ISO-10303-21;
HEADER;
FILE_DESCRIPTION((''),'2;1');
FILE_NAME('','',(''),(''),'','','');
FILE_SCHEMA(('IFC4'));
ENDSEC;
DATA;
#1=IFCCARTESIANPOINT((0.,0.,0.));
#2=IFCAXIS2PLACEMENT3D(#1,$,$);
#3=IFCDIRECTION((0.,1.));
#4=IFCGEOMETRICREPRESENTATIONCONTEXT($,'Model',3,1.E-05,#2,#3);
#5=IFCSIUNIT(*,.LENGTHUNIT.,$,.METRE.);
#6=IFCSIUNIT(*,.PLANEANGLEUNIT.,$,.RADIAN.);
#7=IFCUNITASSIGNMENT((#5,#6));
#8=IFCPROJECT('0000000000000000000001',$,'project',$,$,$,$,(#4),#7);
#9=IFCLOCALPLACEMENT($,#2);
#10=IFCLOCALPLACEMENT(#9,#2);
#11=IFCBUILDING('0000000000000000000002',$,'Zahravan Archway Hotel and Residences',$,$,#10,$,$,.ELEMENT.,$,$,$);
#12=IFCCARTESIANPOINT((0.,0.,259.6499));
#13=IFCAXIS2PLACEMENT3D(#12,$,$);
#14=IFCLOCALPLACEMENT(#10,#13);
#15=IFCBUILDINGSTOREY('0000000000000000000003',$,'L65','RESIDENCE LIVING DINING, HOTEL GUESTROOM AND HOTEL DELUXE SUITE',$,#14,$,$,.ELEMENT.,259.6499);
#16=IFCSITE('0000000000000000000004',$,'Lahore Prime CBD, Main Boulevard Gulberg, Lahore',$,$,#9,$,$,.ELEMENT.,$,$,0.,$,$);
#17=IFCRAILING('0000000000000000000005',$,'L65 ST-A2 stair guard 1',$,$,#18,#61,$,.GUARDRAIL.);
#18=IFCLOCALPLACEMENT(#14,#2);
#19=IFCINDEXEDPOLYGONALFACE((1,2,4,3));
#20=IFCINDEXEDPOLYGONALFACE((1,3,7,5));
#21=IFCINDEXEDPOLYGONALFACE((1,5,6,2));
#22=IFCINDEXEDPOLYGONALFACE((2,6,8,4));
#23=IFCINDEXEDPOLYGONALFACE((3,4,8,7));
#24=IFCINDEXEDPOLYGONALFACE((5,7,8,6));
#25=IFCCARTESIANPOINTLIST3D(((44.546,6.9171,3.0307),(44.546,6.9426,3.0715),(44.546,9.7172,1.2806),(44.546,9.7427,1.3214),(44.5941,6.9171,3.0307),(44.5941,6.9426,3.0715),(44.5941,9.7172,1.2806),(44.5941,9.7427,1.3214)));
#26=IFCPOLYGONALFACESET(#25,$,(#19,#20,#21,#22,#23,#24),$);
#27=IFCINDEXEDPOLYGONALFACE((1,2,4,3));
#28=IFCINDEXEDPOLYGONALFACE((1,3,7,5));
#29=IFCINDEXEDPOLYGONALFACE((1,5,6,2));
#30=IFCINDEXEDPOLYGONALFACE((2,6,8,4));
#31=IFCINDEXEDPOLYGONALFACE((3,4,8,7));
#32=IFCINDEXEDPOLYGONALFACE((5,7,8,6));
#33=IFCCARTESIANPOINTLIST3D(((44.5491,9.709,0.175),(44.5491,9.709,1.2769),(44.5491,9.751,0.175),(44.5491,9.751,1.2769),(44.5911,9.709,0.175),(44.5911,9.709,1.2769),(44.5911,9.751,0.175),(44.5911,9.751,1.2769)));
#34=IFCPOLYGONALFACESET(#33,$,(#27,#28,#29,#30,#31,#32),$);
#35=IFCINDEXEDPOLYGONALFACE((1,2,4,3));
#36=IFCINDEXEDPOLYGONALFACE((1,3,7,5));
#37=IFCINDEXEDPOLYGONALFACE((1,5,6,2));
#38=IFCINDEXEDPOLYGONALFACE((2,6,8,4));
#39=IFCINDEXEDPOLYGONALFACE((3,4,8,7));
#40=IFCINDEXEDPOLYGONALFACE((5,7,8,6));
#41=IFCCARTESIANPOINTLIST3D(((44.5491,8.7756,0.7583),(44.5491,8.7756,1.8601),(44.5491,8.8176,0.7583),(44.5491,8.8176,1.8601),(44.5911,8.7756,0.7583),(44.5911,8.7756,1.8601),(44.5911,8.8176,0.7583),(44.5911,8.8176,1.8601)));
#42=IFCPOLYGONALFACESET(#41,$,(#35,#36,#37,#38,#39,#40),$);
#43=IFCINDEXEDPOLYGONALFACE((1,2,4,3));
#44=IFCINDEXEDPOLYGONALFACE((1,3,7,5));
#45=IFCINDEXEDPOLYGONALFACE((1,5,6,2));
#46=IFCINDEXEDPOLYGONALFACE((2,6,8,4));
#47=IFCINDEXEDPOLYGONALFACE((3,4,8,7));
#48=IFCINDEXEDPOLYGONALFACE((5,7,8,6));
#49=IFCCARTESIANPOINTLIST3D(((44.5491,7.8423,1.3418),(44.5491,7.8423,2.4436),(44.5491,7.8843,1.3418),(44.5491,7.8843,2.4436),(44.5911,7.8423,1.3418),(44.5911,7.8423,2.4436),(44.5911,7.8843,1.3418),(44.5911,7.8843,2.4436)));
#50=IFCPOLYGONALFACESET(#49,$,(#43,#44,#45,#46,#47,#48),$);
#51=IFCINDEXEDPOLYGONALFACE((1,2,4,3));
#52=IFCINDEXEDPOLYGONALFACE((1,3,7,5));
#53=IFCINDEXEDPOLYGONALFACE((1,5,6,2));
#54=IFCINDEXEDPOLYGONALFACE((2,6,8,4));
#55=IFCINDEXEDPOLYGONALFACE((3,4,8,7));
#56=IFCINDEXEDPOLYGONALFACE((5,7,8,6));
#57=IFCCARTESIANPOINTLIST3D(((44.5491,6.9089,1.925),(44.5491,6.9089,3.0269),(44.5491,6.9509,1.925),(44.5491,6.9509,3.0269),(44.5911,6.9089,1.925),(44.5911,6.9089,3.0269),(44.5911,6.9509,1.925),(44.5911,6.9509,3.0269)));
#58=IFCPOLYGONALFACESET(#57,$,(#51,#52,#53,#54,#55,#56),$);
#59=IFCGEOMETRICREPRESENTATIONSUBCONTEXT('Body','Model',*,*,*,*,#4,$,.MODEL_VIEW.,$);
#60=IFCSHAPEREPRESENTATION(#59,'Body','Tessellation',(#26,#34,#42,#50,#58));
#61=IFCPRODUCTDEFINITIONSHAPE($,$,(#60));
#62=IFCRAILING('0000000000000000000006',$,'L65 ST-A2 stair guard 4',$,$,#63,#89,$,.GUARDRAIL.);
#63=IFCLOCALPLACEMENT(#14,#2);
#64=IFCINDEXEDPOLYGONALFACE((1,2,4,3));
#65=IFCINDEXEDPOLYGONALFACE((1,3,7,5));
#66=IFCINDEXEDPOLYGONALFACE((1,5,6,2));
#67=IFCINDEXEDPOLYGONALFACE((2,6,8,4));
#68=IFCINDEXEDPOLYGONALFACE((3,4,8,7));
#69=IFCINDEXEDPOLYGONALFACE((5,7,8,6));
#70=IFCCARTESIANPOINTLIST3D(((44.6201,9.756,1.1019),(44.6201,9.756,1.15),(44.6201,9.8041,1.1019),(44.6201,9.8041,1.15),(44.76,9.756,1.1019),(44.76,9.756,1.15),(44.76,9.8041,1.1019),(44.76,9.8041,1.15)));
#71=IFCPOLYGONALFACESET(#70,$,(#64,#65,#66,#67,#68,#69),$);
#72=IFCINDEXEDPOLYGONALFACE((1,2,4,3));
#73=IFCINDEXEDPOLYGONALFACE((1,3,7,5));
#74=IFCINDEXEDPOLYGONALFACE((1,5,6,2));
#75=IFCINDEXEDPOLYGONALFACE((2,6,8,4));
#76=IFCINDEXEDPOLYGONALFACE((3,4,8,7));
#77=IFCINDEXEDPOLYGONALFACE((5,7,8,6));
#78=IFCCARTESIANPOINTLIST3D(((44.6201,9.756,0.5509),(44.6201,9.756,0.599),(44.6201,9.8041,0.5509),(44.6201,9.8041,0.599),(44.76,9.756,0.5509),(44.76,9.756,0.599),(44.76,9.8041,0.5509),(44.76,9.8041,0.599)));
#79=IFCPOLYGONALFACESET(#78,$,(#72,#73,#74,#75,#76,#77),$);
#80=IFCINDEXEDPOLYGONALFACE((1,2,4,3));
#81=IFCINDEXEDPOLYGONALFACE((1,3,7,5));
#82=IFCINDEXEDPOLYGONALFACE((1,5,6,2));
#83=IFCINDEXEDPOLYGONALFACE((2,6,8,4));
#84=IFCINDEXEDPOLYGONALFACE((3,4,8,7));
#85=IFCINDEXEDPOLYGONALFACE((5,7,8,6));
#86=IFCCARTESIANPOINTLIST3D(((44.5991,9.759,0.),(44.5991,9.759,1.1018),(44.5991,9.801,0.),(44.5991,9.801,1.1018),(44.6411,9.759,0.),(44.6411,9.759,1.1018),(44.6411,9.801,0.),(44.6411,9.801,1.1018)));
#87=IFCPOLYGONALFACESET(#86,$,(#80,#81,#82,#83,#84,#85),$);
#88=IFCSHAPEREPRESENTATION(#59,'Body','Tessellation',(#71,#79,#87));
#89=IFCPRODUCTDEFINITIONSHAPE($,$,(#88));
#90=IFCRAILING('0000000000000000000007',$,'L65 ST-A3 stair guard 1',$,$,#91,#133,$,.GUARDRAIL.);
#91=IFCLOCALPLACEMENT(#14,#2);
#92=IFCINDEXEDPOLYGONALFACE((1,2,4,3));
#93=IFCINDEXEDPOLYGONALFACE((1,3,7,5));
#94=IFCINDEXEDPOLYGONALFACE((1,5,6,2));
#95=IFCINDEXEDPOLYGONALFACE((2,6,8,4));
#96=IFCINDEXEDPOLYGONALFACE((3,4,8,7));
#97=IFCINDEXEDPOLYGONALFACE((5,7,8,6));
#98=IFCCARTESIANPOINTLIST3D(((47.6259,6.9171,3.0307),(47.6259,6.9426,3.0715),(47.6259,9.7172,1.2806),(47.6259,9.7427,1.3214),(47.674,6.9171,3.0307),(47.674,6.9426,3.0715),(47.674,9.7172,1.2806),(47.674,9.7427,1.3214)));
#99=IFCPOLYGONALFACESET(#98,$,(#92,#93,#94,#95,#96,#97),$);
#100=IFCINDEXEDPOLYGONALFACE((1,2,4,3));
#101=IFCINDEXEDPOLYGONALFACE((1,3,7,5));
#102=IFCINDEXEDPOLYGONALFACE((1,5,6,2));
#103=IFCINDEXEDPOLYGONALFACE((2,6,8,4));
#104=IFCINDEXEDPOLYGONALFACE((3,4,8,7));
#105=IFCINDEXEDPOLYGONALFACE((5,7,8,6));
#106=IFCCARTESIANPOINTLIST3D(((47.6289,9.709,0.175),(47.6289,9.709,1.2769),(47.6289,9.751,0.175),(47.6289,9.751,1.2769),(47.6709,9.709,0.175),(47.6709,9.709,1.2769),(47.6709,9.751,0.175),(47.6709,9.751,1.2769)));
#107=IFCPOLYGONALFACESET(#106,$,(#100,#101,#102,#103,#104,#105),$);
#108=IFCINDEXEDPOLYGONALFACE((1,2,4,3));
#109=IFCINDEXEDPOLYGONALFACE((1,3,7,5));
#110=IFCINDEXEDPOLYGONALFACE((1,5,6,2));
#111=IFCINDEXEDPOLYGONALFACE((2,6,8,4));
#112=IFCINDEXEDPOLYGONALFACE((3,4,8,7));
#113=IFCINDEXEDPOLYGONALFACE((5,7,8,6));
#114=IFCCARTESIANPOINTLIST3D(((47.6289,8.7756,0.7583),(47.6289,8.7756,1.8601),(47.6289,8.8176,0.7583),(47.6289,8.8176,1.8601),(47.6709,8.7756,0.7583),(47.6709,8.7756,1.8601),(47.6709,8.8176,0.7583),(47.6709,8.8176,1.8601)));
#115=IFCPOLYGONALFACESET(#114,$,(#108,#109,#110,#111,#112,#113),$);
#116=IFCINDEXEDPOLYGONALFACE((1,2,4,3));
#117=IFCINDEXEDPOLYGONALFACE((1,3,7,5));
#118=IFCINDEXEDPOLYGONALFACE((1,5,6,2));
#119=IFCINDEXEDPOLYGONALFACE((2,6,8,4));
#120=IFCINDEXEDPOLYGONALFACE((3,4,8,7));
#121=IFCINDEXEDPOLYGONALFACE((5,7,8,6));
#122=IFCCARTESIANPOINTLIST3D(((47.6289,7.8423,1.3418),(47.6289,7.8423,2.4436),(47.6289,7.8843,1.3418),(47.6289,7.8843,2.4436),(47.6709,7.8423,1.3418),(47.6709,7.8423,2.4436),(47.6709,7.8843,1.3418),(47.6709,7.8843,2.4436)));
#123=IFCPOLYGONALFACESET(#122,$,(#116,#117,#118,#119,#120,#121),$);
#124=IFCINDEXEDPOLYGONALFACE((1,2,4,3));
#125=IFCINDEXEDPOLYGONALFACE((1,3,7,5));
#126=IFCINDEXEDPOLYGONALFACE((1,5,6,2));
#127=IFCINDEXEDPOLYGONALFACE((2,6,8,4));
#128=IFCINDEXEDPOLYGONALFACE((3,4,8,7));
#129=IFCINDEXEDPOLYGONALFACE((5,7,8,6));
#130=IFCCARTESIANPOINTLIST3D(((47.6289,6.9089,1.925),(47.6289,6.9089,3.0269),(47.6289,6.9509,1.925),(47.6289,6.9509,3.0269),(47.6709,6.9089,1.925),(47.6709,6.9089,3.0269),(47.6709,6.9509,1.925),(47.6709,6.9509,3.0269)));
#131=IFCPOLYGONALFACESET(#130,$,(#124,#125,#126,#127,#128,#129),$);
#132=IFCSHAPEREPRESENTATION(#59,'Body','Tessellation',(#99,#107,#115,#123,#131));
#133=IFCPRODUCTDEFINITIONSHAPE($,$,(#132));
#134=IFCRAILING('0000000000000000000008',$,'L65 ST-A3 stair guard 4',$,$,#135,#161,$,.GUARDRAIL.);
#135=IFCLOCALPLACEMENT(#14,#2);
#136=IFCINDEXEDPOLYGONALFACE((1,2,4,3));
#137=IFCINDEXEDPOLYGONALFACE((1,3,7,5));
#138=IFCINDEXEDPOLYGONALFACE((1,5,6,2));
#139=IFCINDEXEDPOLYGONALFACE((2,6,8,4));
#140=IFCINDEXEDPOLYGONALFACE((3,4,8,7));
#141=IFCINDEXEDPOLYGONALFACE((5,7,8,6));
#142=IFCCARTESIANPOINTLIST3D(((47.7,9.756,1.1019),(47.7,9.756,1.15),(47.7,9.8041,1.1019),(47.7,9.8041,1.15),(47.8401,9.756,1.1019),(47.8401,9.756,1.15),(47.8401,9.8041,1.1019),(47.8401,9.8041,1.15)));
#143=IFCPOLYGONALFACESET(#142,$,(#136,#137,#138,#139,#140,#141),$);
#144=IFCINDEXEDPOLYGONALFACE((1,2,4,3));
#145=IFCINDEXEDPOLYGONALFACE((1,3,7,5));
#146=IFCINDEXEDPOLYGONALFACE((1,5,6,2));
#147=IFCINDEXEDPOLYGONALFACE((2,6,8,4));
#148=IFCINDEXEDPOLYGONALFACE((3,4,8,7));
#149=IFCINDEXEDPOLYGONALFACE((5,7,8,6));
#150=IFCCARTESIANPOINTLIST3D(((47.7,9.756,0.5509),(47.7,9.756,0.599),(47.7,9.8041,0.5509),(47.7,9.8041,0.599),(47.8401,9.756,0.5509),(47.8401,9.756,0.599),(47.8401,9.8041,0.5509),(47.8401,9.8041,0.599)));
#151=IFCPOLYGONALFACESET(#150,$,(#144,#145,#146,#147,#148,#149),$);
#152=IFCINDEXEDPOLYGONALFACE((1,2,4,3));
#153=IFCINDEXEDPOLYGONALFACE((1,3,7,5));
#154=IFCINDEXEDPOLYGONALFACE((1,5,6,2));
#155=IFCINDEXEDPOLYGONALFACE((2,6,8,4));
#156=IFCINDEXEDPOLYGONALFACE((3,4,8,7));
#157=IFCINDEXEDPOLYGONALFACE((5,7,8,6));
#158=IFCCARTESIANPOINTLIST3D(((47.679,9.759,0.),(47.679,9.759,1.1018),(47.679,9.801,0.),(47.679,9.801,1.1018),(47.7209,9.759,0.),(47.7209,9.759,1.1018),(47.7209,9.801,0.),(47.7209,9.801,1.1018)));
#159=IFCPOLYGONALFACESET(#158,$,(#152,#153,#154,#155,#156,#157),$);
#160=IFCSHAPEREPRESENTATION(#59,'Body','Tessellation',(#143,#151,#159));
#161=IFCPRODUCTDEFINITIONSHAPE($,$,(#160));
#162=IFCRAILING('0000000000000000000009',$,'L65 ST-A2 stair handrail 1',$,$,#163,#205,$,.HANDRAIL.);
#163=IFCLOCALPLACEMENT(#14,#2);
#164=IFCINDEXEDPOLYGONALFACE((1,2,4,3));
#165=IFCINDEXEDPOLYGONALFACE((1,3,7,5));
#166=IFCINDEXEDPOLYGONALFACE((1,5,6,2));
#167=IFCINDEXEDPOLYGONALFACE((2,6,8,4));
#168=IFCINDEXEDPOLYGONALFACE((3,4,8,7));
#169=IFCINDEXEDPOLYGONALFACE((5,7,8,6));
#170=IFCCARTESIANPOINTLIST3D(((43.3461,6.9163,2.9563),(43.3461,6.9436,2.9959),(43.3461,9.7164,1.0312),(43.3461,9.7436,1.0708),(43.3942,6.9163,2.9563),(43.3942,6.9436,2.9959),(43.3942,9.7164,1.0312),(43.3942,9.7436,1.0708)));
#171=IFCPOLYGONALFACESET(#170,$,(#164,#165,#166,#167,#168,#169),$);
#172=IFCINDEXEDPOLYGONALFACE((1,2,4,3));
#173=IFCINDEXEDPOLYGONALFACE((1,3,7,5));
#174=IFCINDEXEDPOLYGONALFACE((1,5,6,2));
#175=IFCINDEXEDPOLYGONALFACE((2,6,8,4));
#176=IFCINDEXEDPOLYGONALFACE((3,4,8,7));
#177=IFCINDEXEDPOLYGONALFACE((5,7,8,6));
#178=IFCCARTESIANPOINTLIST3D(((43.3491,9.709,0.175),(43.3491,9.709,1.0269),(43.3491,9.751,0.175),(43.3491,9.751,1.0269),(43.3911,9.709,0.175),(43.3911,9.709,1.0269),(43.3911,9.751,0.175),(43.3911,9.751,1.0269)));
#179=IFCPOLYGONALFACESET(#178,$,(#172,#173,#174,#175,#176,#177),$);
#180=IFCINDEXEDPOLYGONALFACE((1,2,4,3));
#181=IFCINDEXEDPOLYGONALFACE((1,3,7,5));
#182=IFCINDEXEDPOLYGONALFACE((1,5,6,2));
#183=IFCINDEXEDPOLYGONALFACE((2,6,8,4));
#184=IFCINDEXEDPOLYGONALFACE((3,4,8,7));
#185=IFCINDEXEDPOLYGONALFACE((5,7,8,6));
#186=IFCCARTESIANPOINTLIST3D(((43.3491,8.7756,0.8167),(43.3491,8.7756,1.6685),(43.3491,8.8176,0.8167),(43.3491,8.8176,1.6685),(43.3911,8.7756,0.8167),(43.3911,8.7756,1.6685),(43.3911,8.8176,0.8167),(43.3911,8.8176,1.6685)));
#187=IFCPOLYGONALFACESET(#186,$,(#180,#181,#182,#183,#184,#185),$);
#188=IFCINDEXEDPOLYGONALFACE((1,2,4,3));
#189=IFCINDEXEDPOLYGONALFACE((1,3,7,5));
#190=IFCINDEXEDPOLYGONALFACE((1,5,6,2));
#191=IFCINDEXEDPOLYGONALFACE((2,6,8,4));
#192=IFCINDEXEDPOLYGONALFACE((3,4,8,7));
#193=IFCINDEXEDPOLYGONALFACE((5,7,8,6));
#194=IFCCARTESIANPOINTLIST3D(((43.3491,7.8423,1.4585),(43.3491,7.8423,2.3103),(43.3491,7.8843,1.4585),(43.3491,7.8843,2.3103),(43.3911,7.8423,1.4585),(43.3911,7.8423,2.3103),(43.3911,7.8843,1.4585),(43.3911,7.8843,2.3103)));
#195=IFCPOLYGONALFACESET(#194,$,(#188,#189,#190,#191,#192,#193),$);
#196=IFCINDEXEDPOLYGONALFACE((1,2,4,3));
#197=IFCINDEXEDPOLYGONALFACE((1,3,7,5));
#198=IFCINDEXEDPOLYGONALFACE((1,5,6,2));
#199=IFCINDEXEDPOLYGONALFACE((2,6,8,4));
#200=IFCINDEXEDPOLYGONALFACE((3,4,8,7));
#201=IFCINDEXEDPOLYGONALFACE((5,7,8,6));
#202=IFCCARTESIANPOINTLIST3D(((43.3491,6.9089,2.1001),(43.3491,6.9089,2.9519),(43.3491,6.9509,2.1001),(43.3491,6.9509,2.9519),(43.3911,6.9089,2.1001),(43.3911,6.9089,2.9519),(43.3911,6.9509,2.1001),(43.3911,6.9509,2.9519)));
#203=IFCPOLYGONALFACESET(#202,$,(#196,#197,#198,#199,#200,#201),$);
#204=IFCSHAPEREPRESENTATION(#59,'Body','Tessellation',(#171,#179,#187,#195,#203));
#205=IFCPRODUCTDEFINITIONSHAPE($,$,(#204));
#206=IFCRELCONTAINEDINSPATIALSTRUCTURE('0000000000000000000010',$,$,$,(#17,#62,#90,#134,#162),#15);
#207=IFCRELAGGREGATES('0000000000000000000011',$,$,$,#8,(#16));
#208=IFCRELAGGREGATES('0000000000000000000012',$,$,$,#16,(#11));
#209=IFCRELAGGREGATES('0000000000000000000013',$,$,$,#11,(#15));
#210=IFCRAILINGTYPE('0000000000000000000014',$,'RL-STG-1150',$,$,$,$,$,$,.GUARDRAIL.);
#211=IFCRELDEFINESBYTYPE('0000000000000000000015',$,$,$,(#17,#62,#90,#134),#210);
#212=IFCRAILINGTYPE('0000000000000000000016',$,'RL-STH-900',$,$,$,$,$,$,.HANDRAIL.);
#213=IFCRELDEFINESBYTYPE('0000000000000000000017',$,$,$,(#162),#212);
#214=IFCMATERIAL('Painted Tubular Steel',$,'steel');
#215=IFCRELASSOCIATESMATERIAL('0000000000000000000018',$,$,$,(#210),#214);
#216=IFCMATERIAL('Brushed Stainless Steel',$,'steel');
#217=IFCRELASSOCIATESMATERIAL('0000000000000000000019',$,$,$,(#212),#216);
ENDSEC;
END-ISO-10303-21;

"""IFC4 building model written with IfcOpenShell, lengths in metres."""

from ifc_helpers import new_model, si_unit, direction, frame, origin, origin_2d, place, context, subcontext, project, spatial, rectangle, extrude, material, type_object, element, save


model = new_model("IFC4")

# Units and contexts
model_context = context("Model", 3, precision=1e-05, world=origin(), true_north=direction((0.0, 1.0)))
body_context = subcontext(model_context, "Body", "Model", "MODEL_VIEW")
ifc_project = project(units=[si_unit("LENGTHUNIT", "METRE"), si_unit("PLANEANGLEUNIT", "RADIAN")], contexts=[model_context])

# Site, building, storey
site_placement = place(None, origin())
site = spatial("IfcSite", under=ifc_project, at=site_placement, Name="Lahore Prime CBD, Main Boulevard Gulberg, Lahore", CompositionType="ELEMENT", RefElevation=0.0)
building_placement = place(site_placement, origin())
building = spatial("IfcBuilding", under=site, at=building_placement, Name="Zahravan Archway Hotel and Residences", CompositionType="ELEMENT")
storey_placement = place(building_placement, frame((0.0, 0.0, 259.6499)))
storey = spatial("IfcBuildingStorey", under=building, at=storey_placement, Name="L65", Description="RESIDENCE LIVING DINING, HOTEL GUESTROOM AND HOTEL DELUXE SUITE", CompositionType="ELEMENT", Elevation=259.6499)

# Railings
ifc_material_1 = material(Name="Painted Tubular Steel", Category="steel")
railing_type_1 = type_object("IfcRailingType", Name="RL-STG-1150", PredefinedType="GUARDRAIL", material=ifc_material_1)
railing_1_placement = place(storey_placement, frame((44.5701, 9.73, 0.175)))
element("IfcRailing", 1, at=railing_1_placement, inside=storey, type_object=railing_type_1, Name="L65 ST-A2 stair guard 1", PredefinedType="GUARDRAIL", context=body_context, shape_type="SweptSolid", body=[
    extrude(rectangle(XDim=0.0481, YDim=0.0481, at=origin_2d()), frame((0.0, 0.0, 1.126), z_axis=(0.0, -0.848002, 0.529992), x_axis=(1.0, 0.0, 0.0)), (0.0, 0.0, 1.0), 3.302),
    extrude(rectangle(XDim=0.042, YDim=0.042, at=origin_2d()), origin(), (0.0, 0.0, 1.0), 1.1018),
    extrude(rectangle(XDim=0.042, YDim=0.042, at=origin_2d()), frame((0.0, -0.9333, 0.5833)), (0.0, 0.0, 1.0), 1.1018),
    extrude(rectangle(XDim=0.042, YDim=0.042, at=origin_2d()), frame((0.0, -1.8667, 1.1667)), (0.0, 0.0, 1.0), 1.1018),
    extrude(rectangle(XDim=0.042, YDim=0.042, at=origin_2d()), frame((0.0, -2.8, 1.75)), (0.0, 0.0, 1.0), 1.1018),
])
railing_2_placement = place(storey_placement, frame((44.6201, 9.78, 0.0)))
element("IfcRailing", 2, at=railing_2_placement, inside=storey, type_object=railing_type_1, Name="L65 ST-A2 stair guard 4", PredefinedType="GUARDRAIL", context=body_context, shape_type="SweptSolid", body=[
    extrude(rectangle(XDim=0.0481, YDim=0.0481, at=origin_2d()), frame((0.0, 0.0, 1.126), z_axis=(1.0, 0.0, 0.0), x_axis=(0.0, 1.0, 0.0)), (0.0, 0.0, 1.0), 0.1399),
    extrude(rectangle(XDim=0.0481, YDim=0.0481, at=origin_2d()), frame((0.0, 0.0, 0.575), z_axis=(1.0, 0.0, 0.0), x_axis=(0.0, 1.0, 0.0)), (0.0, 0.0, 1.0), 0.1399),
    extrude(rectangle(XDim=0.042, YDim=0.042, at=origin_2d()), origin(), (0.0, 0.0, 1.0), 1.1018),
])
railing_3_placement = place(storey_placement, frame((47.6499, 9.73, 0.175)))
element("IfcRailing", 3, at=railing_3_placement, inside=storey, type_object=railing_type_1, Name="L65 ST-A3 stair guard 1", PredefinedType="GUARDRAIL", context=body_context, shape_type="SweptSolid", body=[
    extrude(rectangle(XDim=0.0481, YDim=0.0481, at=origin_2d()), frame((0.0, 0.0, 1.126), z_axis=(0.0, -0.848002, 0.529992), x_axis=(1.0, 0.0, 0.0)), (0.0, 0.0, 1.0), 3.302),
    extrude(rectangle(XDim=0.042, YDim=0.042, at=origin_2d()), origin(), (0.0, 0.0, 1.0), 1.1018),
    extrude(rectangle(XDim=0.042, YDim=0.042, at=origin_2d()), frame((0.0, -0.9333, 0.5833)), (0.0, 0.0, 1.0), 1.1018),
    extrude(rectangle(XDim=0.042, YDim=0.042, at=origin_2d()), frame((0.0, -1.8667, 1.1667)), (0.0, 0.0, 1.0), 1.1018),
    extrude(rectangle(XDim=0.042, YDim=0.042, at=origin_2d()), frame((0.0, -2.8, 1.75)), (0.0, 0.0, 1.0), 1.1018),
])
railing_4_placement = place(storey_placement, frame((47.7, 9.78, 0.0)))
element("IfcRailing", 4, at=railing_4_placement, inside=storey, type_object=railing_type_1, Name="L65 ST-A3 stair guard 4", PredefinedType="GUARDRAIL", context=body_context, shape_type="SweptSolid", body=[
    extrude(rectangle(XDim=0.0481, YDim=0.0481, at=origin_2d()), frame((0.0, 0.0, 1.126), z_axis=(1.0, 0.0, 0.0), x_axis=(0.0, 1.0, 0.0)), (0.0, 0.0, 1.0), 0.1401),
    extrude(rectangle(XDim=0.0481, YDim=0.0481, at=origin_2d()), frame((0.0, 0.0, 0.575), z_axis=(1.0, 0.0, 0.0), x_axis=(0.0, 1.0, 0.0)), (0.0, 0.0, 1.0), 0.1401),
    extrude(rectangle(XDim=0.042, YDim=0.042, at=origin_2d()), origin(), (0.0, 0.0, 1.0), 1.1018),
])
ifc_material_2 = material(Name="Brushed Stainless Steel", Category="steel")
railing_type_2 = type_object("IfcRailingType", Name="RL-STH-900", PredefinedType="HANDRAIL", material=ifc_material_2)
for number, where, name in (
    (5, (43.3701, 9.73, 0.175), "L65 ST-A2 stair handrail 1"),
):
    element("IfcRailing", number, at=place(storey_placement, frame(where)), inside=storey, type_object=railing_type_2, Name=name, PredefinedType="HANDRAIL", context=body_context, shape_type="SweptSolid", body=[
        extrude(rectangle(XDim=0.0481, YDim=0.0481, at=origin_2d()), frame((0.0, 0.0, 0.876), z_axis=(0.0, -0.82404, 0.566532), x_axis=(1.0, 0.0, 0.0)), (0.0, 0.0, 1.0), 3.3979),
        extrude(rectangle(XDim=0.042, YDim=0.042, at=origin_2d()), origin(), (0.0, 0.0, 1.0), 0.8518),
        extrude(rectangle(XDim=0.042, YDim=0.042, at=origin_2d()), frame((0.0, -0.9333, 0.6416)), (0.0, 0.0, 1.0), 0.8518),
        extrude(rectangle(XDim=0.042, YDim=0.042, at=origin_2d()), frame((0.0, -1.8667, 1.2834)), (0.0, 0.0, 1.0), 0.8518),
        extrude(rectangle(XDim=0.042, YDim=0.042, at=origin_2d()), frame((0.0, -2.8, 1.925)), (0.0, 0.0, 1.0), 0.8518),
    ])

save(model, "model.ifc")
